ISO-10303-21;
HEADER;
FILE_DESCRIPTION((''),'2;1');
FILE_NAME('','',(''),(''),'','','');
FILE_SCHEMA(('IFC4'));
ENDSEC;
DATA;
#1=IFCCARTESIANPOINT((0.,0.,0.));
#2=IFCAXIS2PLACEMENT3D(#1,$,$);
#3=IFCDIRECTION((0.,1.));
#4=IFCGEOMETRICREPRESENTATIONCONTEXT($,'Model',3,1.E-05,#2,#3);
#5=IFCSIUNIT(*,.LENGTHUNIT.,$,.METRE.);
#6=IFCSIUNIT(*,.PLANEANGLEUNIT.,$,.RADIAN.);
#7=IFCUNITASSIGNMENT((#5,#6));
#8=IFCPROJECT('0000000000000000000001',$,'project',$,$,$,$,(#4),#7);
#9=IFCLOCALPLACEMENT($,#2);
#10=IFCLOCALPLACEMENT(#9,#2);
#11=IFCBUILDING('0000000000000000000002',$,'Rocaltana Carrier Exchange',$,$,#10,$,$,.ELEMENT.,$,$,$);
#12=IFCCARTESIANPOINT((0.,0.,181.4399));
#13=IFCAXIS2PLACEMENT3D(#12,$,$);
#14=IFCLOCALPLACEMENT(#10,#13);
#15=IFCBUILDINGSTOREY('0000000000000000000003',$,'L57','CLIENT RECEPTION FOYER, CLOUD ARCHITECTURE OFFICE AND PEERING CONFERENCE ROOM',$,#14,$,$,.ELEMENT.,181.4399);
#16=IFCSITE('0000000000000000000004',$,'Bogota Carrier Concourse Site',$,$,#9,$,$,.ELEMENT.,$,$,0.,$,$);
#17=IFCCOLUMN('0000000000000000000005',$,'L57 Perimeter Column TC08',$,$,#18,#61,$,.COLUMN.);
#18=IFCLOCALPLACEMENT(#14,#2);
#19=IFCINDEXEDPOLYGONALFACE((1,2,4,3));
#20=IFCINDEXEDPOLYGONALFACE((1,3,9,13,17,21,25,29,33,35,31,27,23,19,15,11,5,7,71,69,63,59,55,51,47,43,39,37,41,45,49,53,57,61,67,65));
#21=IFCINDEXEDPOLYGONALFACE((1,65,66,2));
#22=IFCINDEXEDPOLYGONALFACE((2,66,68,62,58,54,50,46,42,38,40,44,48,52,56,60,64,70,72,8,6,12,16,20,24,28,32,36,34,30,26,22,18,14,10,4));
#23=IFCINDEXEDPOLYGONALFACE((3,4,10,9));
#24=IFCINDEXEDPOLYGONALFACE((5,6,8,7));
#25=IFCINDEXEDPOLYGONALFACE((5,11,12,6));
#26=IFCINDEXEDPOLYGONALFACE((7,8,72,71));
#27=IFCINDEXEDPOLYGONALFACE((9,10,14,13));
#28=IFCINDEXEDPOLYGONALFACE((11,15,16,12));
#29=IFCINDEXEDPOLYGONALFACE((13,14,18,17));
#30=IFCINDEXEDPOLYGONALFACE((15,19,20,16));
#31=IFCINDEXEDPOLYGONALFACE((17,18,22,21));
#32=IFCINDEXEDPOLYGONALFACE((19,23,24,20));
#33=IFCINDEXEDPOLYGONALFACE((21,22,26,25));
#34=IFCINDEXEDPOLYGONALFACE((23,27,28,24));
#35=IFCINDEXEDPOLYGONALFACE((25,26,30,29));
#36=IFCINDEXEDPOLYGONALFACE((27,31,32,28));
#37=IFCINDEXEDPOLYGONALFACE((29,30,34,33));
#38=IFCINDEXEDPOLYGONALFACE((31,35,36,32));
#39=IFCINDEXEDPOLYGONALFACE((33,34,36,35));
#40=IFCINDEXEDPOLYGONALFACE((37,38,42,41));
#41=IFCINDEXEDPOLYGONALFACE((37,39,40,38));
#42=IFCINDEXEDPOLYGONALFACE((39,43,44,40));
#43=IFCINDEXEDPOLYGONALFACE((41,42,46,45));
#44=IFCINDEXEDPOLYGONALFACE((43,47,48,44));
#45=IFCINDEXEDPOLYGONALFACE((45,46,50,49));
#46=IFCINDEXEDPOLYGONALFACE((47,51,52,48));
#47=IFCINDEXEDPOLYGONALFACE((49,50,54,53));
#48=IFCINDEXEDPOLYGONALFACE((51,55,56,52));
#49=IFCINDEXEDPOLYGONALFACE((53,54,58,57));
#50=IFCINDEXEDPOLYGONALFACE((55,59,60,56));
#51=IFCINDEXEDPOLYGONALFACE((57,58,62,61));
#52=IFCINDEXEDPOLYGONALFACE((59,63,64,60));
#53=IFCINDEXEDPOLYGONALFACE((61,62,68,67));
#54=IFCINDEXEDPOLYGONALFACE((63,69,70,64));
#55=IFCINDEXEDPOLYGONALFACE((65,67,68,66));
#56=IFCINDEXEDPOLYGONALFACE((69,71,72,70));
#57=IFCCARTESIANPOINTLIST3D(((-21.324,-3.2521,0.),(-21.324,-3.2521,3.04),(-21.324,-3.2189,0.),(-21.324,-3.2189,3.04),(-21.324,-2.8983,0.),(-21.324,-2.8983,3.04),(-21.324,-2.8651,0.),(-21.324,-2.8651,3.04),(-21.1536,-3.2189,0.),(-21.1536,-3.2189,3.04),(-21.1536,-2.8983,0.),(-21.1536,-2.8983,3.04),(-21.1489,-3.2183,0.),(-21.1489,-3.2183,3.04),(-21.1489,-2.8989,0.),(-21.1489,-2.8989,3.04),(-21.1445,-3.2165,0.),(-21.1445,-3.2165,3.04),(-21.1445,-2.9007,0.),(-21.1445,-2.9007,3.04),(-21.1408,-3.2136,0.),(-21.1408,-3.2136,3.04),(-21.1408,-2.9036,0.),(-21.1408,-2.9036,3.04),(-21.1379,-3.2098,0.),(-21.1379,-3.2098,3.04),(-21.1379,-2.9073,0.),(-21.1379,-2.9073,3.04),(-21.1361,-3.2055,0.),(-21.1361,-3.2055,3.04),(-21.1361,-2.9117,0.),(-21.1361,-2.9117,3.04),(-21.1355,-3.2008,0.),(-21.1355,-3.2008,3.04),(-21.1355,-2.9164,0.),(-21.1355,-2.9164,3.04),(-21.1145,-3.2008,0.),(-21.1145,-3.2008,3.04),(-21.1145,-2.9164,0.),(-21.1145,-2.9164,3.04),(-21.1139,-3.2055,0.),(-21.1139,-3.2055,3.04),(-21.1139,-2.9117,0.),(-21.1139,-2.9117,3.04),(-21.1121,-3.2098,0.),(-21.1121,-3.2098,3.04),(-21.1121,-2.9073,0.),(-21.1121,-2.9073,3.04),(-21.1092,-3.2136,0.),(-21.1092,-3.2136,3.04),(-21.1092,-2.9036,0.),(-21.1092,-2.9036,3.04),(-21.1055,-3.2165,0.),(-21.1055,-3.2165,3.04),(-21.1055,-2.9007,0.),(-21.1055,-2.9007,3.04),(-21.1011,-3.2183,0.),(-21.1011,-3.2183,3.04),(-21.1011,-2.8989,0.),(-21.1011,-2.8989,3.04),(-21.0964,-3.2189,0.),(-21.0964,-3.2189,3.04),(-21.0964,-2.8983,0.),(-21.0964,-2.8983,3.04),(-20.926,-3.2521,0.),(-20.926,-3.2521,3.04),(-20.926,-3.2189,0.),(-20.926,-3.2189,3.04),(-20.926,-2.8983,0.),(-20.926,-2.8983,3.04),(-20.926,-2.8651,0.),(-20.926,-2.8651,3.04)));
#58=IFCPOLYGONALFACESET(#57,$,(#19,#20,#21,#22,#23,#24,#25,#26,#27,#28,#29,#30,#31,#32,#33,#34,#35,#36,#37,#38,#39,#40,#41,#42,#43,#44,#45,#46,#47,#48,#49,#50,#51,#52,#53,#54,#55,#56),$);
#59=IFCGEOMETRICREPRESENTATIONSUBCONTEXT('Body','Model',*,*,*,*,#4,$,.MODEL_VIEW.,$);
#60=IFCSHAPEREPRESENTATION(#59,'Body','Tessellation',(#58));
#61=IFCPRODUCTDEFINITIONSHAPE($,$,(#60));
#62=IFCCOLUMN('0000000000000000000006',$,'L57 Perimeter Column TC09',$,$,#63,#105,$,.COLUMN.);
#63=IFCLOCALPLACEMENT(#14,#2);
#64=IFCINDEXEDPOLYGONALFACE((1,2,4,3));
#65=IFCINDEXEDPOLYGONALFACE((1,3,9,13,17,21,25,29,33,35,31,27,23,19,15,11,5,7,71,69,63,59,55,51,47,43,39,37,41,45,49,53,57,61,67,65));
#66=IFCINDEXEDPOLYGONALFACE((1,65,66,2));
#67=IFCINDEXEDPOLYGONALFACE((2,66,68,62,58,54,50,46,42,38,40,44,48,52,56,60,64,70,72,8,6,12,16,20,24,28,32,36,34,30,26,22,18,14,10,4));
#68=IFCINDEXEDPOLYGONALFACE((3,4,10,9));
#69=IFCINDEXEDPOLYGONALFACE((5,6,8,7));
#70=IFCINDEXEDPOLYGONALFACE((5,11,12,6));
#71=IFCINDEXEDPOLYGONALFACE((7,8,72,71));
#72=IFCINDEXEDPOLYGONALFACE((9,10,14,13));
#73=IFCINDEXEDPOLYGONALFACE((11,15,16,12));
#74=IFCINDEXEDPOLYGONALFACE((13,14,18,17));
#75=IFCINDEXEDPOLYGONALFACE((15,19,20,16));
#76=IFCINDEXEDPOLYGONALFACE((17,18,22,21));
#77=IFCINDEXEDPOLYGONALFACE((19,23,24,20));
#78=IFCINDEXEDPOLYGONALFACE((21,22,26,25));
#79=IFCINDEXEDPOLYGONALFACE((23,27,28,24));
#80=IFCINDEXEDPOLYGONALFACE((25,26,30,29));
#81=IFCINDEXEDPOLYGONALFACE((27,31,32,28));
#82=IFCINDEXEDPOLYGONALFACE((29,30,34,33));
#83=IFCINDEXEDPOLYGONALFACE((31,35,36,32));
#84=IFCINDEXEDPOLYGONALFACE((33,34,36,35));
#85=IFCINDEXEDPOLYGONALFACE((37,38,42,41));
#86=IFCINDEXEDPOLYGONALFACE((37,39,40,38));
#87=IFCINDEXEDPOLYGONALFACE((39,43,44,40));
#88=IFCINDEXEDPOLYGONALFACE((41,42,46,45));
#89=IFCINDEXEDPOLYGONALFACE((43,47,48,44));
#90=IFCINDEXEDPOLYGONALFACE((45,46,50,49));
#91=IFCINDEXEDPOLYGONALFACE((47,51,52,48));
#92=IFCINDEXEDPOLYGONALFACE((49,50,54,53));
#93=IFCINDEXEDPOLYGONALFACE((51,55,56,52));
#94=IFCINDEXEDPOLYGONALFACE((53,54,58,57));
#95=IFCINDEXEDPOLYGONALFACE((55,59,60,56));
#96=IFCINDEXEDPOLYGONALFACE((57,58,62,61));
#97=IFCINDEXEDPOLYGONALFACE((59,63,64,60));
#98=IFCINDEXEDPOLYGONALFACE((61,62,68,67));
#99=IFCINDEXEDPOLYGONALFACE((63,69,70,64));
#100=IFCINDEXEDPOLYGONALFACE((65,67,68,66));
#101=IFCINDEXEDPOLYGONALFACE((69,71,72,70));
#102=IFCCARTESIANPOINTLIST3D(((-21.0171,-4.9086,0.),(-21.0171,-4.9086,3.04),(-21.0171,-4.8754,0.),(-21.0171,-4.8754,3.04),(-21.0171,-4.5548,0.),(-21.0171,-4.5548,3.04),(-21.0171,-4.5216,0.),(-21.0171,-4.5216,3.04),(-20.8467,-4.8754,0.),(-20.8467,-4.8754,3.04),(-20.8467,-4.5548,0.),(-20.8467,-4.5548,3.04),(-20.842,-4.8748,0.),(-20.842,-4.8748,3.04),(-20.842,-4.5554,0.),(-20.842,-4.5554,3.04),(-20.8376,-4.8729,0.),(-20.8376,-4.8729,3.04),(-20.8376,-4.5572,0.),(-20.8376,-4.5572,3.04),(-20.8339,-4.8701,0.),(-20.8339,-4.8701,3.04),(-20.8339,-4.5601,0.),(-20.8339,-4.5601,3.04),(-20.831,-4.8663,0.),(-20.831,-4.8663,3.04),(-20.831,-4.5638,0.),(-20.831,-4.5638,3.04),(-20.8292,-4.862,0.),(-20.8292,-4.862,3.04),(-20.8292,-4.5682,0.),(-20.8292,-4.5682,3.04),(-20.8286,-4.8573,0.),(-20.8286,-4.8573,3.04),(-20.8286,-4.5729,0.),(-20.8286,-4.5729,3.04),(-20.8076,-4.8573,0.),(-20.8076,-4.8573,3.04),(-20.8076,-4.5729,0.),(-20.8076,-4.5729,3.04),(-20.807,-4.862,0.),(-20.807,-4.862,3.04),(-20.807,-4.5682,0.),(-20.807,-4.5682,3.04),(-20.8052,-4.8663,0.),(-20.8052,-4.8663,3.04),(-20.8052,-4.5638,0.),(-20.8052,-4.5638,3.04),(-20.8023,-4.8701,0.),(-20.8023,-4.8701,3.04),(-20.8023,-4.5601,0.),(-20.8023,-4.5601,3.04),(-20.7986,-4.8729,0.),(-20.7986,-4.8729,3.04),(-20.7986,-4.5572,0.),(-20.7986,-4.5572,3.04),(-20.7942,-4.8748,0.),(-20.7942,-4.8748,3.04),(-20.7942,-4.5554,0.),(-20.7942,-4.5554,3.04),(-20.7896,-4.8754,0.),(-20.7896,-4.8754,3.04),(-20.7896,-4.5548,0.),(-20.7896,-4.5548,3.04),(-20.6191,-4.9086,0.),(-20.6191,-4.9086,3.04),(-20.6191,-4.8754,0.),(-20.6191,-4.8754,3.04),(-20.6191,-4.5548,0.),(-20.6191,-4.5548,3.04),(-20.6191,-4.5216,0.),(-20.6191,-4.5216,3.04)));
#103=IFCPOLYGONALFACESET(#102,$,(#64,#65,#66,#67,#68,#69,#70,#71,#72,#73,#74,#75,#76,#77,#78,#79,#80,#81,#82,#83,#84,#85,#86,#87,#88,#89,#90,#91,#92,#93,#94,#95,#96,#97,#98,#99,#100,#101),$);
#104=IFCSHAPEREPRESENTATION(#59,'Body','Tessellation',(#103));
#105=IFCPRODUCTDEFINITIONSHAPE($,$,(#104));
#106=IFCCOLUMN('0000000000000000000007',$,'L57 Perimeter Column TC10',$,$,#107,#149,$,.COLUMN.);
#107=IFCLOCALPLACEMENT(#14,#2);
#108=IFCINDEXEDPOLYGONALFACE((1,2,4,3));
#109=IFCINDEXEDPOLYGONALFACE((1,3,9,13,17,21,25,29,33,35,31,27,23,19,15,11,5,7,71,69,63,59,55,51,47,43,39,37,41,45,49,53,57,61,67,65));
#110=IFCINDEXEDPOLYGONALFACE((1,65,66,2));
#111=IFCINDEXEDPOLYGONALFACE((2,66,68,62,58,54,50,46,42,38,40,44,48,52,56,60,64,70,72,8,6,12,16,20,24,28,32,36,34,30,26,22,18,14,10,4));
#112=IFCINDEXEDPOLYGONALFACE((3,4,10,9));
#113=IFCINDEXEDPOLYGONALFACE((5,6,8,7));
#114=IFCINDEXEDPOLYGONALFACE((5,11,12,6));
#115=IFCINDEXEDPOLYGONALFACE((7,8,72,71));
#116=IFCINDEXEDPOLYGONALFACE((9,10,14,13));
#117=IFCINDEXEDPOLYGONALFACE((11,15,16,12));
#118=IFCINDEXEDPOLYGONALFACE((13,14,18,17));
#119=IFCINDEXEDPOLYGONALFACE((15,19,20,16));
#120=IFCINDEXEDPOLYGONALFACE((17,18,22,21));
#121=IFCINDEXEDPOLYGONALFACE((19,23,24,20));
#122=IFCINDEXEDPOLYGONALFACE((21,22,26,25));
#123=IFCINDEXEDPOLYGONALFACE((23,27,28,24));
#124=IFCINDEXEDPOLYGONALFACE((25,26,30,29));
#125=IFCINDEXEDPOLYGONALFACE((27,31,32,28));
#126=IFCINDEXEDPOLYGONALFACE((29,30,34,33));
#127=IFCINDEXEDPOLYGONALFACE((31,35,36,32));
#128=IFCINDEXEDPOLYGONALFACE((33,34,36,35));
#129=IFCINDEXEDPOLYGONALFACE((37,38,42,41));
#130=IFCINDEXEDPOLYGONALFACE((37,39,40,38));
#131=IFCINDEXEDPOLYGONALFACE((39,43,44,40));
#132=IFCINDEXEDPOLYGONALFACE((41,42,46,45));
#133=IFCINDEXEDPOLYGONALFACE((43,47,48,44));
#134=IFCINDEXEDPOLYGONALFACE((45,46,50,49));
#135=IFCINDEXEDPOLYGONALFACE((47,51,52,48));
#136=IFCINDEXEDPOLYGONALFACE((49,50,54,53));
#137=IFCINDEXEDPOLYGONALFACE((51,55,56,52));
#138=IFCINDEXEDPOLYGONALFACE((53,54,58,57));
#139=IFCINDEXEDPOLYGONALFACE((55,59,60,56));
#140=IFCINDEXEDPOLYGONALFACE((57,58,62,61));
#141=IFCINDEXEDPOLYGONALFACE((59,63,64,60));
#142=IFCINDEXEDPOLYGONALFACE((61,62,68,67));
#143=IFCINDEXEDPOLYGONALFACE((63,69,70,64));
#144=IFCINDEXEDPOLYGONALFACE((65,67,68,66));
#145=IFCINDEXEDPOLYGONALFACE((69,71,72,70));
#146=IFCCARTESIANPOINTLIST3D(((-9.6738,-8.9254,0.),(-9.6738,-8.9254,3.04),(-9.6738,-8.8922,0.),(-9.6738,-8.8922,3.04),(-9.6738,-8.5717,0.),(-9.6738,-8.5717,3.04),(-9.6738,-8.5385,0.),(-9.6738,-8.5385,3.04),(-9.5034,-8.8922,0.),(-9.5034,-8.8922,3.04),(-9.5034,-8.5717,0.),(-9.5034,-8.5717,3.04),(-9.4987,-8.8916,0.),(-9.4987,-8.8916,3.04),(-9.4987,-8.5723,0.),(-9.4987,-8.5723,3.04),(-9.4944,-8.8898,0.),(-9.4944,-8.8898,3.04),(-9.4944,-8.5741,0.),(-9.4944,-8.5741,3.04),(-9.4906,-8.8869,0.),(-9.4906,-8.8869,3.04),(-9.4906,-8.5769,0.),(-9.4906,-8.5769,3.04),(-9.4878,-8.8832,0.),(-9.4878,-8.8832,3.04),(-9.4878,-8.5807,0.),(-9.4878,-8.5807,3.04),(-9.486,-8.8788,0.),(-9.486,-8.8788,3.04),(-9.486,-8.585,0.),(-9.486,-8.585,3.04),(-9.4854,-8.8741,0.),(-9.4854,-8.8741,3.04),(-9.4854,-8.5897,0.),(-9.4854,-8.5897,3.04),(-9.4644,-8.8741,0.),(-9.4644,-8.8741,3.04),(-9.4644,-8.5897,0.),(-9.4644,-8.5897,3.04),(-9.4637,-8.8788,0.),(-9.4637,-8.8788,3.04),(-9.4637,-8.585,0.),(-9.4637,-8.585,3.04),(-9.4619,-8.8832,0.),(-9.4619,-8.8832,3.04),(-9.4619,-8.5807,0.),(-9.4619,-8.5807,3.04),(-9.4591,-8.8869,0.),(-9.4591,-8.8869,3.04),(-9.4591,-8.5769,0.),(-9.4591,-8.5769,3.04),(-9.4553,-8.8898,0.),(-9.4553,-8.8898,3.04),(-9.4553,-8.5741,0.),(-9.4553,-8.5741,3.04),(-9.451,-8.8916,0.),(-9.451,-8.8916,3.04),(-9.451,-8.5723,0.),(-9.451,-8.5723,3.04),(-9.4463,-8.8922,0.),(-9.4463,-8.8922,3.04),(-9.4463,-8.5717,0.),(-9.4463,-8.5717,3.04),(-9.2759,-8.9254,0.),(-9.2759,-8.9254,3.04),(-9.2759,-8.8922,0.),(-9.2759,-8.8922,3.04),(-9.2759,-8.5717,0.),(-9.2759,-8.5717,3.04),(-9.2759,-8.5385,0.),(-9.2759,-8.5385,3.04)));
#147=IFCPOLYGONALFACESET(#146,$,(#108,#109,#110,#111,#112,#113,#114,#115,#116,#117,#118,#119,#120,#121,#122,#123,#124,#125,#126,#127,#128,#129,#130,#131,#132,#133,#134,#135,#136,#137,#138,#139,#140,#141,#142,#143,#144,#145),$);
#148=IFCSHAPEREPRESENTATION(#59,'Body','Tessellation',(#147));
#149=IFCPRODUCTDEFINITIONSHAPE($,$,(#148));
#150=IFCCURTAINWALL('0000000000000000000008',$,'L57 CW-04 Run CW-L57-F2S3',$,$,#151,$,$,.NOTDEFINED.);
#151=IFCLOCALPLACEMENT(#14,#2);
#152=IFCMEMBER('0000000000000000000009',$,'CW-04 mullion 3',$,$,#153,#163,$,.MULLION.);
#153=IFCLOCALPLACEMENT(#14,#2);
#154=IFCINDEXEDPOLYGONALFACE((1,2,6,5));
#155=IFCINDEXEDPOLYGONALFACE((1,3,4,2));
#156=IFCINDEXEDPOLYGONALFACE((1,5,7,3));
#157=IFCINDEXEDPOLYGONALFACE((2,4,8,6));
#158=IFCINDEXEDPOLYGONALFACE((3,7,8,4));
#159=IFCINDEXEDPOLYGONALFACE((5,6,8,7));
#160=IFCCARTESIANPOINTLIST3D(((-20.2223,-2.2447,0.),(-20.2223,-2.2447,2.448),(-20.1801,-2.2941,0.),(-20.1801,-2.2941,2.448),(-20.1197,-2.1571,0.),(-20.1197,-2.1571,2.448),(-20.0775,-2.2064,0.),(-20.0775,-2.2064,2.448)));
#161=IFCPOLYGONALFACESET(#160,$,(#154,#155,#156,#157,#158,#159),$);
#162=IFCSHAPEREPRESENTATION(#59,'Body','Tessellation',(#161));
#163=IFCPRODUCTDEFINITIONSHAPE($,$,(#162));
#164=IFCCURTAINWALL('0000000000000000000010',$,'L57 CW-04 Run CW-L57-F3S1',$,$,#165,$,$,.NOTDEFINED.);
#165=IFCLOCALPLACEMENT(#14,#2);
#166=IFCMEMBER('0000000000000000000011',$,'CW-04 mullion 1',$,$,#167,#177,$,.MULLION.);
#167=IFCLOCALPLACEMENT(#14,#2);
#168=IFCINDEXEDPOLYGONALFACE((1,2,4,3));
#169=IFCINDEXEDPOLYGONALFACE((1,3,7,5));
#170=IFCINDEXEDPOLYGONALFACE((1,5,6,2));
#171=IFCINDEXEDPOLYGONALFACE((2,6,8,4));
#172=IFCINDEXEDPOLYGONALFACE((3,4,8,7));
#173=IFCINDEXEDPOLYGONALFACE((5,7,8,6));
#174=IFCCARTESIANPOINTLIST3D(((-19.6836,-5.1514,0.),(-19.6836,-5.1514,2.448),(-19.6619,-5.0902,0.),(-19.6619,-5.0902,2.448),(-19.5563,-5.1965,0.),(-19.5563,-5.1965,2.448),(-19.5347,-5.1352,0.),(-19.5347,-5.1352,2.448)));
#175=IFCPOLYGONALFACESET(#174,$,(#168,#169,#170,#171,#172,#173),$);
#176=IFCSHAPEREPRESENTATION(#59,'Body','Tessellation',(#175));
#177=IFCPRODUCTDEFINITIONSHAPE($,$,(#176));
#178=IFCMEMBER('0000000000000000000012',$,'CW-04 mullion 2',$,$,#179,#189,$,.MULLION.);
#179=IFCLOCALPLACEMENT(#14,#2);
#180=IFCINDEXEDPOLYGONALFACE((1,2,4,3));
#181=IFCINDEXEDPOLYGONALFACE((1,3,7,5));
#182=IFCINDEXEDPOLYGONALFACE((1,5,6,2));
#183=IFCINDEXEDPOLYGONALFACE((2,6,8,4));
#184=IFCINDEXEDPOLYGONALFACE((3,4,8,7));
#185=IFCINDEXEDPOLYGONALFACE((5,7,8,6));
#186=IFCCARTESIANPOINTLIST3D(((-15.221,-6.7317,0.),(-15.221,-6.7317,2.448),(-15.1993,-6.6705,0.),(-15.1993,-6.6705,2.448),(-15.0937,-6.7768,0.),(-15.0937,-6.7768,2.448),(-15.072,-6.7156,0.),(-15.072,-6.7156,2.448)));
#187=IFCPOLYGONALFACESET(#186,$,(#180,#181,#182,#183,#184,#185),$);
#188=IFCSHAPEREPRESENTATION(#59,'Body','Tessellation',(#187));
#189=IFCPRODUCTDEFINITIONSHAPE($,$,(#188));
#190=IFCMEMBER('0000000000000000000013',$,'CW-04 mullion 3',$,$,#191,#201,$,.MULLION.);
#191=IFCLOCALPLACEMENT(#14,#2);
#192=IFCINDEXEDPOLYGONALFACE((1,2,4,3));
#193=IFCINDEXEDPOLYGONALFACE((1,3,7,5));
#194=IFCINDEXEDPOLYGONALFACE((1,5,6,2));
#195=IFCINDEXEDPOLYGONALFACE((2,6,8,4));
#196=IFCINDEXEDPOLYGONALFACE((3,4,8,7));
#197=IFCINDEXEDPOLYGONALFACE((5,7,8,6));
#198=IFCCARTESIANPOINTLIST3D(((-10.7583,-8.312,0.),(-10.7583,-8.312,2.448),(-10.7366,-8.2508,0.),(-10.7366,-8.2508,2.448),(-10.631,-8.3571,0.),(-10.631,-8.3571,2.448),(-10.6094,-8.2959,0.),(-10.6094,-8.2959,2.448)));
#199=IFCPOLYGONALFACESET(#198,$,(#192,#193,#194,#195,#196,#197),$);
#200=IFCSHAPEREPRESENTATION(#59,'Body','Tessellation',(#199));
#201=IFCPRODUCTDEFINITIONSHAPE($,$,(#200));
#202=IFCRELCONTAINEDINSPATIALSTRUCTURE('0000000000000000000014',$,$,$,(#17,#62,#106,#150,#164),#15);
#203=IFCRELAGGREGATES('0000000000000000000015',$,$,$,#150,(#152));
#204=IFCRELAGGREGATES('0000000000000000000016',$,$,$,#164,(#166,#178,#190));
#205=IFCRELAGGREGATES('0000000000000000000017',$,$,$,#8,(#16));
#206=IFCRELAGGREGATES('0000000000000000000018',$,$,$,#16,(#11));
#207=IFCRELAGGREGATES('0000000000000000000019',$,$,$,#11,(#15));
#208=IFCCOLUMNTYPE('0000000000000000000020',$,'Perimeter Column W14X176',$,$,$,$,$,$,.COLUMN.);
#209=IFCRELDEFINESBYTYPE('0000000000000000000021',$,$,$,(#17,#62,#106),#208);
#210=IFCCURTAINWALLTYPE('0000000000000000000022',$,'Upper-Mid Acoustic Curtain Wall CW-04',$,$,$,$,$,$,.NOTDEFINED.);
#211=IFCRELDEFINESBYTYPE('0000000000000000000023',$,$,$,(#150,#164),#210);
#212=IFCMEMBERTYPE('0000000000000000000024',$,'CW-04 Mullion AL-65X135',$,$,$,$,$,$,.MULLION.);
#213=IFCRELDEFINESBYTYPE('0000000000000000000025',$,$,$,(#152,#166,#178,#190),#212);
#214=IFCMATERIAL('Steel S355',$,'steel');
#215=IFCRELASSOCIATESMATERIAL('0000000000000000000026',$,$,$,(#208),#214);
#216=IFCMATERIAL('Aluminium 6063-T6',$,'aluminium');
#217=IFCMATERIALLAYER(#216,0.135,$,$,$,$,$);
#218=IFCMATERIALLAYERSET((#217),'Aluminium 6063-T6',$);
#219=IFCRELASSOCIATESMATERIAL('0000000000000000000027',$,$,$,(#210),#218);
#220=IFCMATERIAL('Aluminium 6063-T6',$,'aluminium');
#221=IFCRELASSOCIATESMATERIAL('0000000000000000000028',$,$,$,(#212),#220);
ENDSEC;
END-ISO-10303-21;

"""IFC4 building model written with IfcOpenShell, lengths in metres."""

from ifc_helpers import new_model, si_unit, direction, frame, origin, origin_2d, place, context, subcontext, project, spatial, rectangle, i_section, extrude, material, layer, layer_set, material_profile, profile_set, type_object, element, aggregate, save


model = new_model("IFC4")

# Units and contexts
model_context = context("Model", 3, precision=1e-05, world=origin(), true_north=direction((0.0, 1.0)))
body_context = subcontext(model_context, "Body", "Model", "MODEL_VIEW")
ifc_project = project(units=[si_unit("LENGTHUNIT", "METRE"), si_unit("PLANEANGLEUNIT", "RADIAN")], contexts=[model_context])

# Site, building, storey
site_placement = place(None, origin())
site = spatial("IfcSite", under=ifc_project, at=site_placement, Name="Bogota Carrier Concourse Site", CompositionType="ELEMENT", RefElevation=0.0)
building_placement = place(site_placement, origin())
building = spatial("IfcBuilding", under=site, at=building_placement, Name="Rocaltana Carrier Exchange", CompositionType="ELEMENT")
storey_placement = place(building_placement, frame((0.0, 0.0, 181.4399)))
storey = spatial("IfcBuildingStorey", under=building, at=storey_placement, Name="L57", Description="CLIENT RECEPTION FOYER, CLOUD ARCHITECTURE OFFICE AND PEERING CONFERENCE ROOM", CompositionType="ELEMENT", Elevation=181.4399)

# Columns
ifc_material_1 = material(Name="Steel S355", Category="steel")
ifc_material_profile_1 = material_profile(ifc_material_1, i_section(OverallWidth=0.3979, OverallDepth=0.387, WebThickness=0.021, FlangeThickness=0.0332, FilletRadius=0.0181, at=origin_2d()), Name="W14X176")
ifc_profile_set_1 = profile_set([ifc_material_profile_1], Name="Steel S355")
column_type = type_object("IfcColumnType", Name="Perimeter Column W14X176", PredefinedType="COLUMN", material=ifc_profile_set_1)
for number, where, z_axis, x_axis, name in (
    (1, (-21.125, -3.0586, 0.0), (0.0, 0.0, 1.0), (1.0, 0.0, 0.0), "L57 Perimeter Column TC08"),
    (2, (-20.8181, -4.7151, 0.0), (0.0, 0.0, 1.0), (1.0, 0.0, 0.0), "L57 Perimeter Column TC09"),
    (3, (-9.4749, -8.7319, 0.0), (0.0, 0.0, 1.0), (1.0, 0.0, 0.0), "L57 Perimeter Column TC10"),
):
    element("IfcColumn", number, at=place(storey_placement, frame(where, z_axis=z_axis, x_axis=x_axis)), inside=storey, type_object=column_type, Name=name, PredefinedType="COLUMN", context=body_context, shape_type="SweptSolid", body=[
        extrude(i_section(OverallWidth=0.3979, OverallDepth=0.387, WebThickness=0.021, FlangeThickness=0.0332, FilletRadius=0.0181, at=origin_2d()), origin(), (0.0, 0.0, 1.0), 3.04),
    ])

# Curtain wall, member
ifc_material_2 = material(Name="Aluminium 6063-T6", Category="aluminium")
ifc_layer_1 = layer(ifc_material_2, 0.135)
ifc_layer_set_1 = layer_set([ifc_layer_1], Name="Aluminium 6063-T6")
curtain_wall_type = type_object("IfcCurtainWallType", Name="Upper-Mid Acoustic Curtain Wall CW-04", PredefinedType="NOTDEFINED", material=ifc_layer_set_1)
curtain_wall_1_placement = place(storey_placement, origin())
curtain_wall_1 = element("IfcCurtainWall", 4, at=curtain_wall_1_placement, inside=storey, type_object=curtain_wall_type, Name="L57 CW-04 Run CW-L57-F2S3", PredefinedType="NOTDEFINED")
ifc_material_3 = material(Name="Aluminium 6063-T6", Category="aluminium")
ifc_material_profile_2 = material_profile(ifc_material_3, rectangle(XDim=0.0649, YDim=0.135, at=origin_2d()), Name="AL-65X135")
ifc_profile_set_2 = profile_set([ifc_material_profile_2], Name="Aluminium 6063-T6")
member_type_1 = type_object("IfcMemberType", Name="CW-04 Mullion AL-65X135", PredefinedType="MULLION", material=ifc_profile_set_2)
member_1_placement = place(storey_placement, frame((-20.1499, -2.2256, 0.0), z_axis=(0.0, 0.0, 1.0), x_axis=(0.649448, -0.760406, 0.0)))
member_1 = element("IfcMember", 5, at=member_1_placement, type_object=member_type_1, Name="CW-04 mullion 3", PredefinedType="MULLION", context=body_context, shape_type="SweptSolid", body=[
    extrude(rectangle(XDim=0.0649, YDim=0.135, at=origin_2d()), origin(), (0.0, 0.0, 1.0), 2.448),
])

# Curtain wall, members
curtain_wall_2_placement = place(storey_placement, origin())
curtain_wall_2 = element("IfcCurtainWall", 6, at=curtain_wall_2_placement, inside=storey, type_object=curtain_wall_type, Name="L57 CW-04 Run CW-L57-F3S1", PredefinedType="NOTDEFINED")
member_2_placement = place(storey_placement, frame((-19.6091, -5.1433, 0.0), z_axis=(0.0, 0.0, 1.0), x_axis=(0.333795, 0.942646, 0.0)))
member_2 = element("IfcMember", 7, at=member_2_placement, type_object=member_type_1, Name="CW-04 mullion 1", PredefinedType="MULLION", context=body_context, shape_type="SweptSolid", body=[
    extrude(rectangle(XDim=0.0649, YDim=0.135, at=origin_2d()), origin(), (0.0, 0.0, 1.0), 2.448),
])
member_3_placement = place(storey_placement, frame((-15.1465, -6.7236, 0.0), z_axis=(0.0, 0.0, 1.0), x_axis=(0.333795, 0.942646, 0.0)))
member_3 = element("IfcMember", 8, at=member_3_placement, type_object=member_type_1, Name="CW-04 mullion 2", PredefinedType="MULLION", context=body_context, shape_type="SweptSolid", body=[
    extrude(rectangle(XDim=0.0649, YDim=0.135, at=origin_2d()), origin(), (0.0, 0.0, 1.0), 2.448),
])
member_4_placement = place(storey_placement, frame((-10.6838, -8.304, 0.0), z_axis=(0.0, 0.0, 1.0), x_axis=(0.333795, 0.942646, 0.0)))
member_4 = element("IfcMember", 9, at=member_4_placement, type_object=member_type_1, Name="CW-04 mullion 3", PredefinedType="MULLION", context=body_context, shape_type="SweptSolid", body=[
    extrude(rectangle(XDim=0.0649, YDim=0.135, at=origin_2d()), origin(), (0.0, 0.0, 1.0), 2.448),
])

aggregate(curtain_wall_1, [member_1])
aggregate(curtain_wall_2, [member_2, member_3, member_4])

save(model, "model.ifc")
